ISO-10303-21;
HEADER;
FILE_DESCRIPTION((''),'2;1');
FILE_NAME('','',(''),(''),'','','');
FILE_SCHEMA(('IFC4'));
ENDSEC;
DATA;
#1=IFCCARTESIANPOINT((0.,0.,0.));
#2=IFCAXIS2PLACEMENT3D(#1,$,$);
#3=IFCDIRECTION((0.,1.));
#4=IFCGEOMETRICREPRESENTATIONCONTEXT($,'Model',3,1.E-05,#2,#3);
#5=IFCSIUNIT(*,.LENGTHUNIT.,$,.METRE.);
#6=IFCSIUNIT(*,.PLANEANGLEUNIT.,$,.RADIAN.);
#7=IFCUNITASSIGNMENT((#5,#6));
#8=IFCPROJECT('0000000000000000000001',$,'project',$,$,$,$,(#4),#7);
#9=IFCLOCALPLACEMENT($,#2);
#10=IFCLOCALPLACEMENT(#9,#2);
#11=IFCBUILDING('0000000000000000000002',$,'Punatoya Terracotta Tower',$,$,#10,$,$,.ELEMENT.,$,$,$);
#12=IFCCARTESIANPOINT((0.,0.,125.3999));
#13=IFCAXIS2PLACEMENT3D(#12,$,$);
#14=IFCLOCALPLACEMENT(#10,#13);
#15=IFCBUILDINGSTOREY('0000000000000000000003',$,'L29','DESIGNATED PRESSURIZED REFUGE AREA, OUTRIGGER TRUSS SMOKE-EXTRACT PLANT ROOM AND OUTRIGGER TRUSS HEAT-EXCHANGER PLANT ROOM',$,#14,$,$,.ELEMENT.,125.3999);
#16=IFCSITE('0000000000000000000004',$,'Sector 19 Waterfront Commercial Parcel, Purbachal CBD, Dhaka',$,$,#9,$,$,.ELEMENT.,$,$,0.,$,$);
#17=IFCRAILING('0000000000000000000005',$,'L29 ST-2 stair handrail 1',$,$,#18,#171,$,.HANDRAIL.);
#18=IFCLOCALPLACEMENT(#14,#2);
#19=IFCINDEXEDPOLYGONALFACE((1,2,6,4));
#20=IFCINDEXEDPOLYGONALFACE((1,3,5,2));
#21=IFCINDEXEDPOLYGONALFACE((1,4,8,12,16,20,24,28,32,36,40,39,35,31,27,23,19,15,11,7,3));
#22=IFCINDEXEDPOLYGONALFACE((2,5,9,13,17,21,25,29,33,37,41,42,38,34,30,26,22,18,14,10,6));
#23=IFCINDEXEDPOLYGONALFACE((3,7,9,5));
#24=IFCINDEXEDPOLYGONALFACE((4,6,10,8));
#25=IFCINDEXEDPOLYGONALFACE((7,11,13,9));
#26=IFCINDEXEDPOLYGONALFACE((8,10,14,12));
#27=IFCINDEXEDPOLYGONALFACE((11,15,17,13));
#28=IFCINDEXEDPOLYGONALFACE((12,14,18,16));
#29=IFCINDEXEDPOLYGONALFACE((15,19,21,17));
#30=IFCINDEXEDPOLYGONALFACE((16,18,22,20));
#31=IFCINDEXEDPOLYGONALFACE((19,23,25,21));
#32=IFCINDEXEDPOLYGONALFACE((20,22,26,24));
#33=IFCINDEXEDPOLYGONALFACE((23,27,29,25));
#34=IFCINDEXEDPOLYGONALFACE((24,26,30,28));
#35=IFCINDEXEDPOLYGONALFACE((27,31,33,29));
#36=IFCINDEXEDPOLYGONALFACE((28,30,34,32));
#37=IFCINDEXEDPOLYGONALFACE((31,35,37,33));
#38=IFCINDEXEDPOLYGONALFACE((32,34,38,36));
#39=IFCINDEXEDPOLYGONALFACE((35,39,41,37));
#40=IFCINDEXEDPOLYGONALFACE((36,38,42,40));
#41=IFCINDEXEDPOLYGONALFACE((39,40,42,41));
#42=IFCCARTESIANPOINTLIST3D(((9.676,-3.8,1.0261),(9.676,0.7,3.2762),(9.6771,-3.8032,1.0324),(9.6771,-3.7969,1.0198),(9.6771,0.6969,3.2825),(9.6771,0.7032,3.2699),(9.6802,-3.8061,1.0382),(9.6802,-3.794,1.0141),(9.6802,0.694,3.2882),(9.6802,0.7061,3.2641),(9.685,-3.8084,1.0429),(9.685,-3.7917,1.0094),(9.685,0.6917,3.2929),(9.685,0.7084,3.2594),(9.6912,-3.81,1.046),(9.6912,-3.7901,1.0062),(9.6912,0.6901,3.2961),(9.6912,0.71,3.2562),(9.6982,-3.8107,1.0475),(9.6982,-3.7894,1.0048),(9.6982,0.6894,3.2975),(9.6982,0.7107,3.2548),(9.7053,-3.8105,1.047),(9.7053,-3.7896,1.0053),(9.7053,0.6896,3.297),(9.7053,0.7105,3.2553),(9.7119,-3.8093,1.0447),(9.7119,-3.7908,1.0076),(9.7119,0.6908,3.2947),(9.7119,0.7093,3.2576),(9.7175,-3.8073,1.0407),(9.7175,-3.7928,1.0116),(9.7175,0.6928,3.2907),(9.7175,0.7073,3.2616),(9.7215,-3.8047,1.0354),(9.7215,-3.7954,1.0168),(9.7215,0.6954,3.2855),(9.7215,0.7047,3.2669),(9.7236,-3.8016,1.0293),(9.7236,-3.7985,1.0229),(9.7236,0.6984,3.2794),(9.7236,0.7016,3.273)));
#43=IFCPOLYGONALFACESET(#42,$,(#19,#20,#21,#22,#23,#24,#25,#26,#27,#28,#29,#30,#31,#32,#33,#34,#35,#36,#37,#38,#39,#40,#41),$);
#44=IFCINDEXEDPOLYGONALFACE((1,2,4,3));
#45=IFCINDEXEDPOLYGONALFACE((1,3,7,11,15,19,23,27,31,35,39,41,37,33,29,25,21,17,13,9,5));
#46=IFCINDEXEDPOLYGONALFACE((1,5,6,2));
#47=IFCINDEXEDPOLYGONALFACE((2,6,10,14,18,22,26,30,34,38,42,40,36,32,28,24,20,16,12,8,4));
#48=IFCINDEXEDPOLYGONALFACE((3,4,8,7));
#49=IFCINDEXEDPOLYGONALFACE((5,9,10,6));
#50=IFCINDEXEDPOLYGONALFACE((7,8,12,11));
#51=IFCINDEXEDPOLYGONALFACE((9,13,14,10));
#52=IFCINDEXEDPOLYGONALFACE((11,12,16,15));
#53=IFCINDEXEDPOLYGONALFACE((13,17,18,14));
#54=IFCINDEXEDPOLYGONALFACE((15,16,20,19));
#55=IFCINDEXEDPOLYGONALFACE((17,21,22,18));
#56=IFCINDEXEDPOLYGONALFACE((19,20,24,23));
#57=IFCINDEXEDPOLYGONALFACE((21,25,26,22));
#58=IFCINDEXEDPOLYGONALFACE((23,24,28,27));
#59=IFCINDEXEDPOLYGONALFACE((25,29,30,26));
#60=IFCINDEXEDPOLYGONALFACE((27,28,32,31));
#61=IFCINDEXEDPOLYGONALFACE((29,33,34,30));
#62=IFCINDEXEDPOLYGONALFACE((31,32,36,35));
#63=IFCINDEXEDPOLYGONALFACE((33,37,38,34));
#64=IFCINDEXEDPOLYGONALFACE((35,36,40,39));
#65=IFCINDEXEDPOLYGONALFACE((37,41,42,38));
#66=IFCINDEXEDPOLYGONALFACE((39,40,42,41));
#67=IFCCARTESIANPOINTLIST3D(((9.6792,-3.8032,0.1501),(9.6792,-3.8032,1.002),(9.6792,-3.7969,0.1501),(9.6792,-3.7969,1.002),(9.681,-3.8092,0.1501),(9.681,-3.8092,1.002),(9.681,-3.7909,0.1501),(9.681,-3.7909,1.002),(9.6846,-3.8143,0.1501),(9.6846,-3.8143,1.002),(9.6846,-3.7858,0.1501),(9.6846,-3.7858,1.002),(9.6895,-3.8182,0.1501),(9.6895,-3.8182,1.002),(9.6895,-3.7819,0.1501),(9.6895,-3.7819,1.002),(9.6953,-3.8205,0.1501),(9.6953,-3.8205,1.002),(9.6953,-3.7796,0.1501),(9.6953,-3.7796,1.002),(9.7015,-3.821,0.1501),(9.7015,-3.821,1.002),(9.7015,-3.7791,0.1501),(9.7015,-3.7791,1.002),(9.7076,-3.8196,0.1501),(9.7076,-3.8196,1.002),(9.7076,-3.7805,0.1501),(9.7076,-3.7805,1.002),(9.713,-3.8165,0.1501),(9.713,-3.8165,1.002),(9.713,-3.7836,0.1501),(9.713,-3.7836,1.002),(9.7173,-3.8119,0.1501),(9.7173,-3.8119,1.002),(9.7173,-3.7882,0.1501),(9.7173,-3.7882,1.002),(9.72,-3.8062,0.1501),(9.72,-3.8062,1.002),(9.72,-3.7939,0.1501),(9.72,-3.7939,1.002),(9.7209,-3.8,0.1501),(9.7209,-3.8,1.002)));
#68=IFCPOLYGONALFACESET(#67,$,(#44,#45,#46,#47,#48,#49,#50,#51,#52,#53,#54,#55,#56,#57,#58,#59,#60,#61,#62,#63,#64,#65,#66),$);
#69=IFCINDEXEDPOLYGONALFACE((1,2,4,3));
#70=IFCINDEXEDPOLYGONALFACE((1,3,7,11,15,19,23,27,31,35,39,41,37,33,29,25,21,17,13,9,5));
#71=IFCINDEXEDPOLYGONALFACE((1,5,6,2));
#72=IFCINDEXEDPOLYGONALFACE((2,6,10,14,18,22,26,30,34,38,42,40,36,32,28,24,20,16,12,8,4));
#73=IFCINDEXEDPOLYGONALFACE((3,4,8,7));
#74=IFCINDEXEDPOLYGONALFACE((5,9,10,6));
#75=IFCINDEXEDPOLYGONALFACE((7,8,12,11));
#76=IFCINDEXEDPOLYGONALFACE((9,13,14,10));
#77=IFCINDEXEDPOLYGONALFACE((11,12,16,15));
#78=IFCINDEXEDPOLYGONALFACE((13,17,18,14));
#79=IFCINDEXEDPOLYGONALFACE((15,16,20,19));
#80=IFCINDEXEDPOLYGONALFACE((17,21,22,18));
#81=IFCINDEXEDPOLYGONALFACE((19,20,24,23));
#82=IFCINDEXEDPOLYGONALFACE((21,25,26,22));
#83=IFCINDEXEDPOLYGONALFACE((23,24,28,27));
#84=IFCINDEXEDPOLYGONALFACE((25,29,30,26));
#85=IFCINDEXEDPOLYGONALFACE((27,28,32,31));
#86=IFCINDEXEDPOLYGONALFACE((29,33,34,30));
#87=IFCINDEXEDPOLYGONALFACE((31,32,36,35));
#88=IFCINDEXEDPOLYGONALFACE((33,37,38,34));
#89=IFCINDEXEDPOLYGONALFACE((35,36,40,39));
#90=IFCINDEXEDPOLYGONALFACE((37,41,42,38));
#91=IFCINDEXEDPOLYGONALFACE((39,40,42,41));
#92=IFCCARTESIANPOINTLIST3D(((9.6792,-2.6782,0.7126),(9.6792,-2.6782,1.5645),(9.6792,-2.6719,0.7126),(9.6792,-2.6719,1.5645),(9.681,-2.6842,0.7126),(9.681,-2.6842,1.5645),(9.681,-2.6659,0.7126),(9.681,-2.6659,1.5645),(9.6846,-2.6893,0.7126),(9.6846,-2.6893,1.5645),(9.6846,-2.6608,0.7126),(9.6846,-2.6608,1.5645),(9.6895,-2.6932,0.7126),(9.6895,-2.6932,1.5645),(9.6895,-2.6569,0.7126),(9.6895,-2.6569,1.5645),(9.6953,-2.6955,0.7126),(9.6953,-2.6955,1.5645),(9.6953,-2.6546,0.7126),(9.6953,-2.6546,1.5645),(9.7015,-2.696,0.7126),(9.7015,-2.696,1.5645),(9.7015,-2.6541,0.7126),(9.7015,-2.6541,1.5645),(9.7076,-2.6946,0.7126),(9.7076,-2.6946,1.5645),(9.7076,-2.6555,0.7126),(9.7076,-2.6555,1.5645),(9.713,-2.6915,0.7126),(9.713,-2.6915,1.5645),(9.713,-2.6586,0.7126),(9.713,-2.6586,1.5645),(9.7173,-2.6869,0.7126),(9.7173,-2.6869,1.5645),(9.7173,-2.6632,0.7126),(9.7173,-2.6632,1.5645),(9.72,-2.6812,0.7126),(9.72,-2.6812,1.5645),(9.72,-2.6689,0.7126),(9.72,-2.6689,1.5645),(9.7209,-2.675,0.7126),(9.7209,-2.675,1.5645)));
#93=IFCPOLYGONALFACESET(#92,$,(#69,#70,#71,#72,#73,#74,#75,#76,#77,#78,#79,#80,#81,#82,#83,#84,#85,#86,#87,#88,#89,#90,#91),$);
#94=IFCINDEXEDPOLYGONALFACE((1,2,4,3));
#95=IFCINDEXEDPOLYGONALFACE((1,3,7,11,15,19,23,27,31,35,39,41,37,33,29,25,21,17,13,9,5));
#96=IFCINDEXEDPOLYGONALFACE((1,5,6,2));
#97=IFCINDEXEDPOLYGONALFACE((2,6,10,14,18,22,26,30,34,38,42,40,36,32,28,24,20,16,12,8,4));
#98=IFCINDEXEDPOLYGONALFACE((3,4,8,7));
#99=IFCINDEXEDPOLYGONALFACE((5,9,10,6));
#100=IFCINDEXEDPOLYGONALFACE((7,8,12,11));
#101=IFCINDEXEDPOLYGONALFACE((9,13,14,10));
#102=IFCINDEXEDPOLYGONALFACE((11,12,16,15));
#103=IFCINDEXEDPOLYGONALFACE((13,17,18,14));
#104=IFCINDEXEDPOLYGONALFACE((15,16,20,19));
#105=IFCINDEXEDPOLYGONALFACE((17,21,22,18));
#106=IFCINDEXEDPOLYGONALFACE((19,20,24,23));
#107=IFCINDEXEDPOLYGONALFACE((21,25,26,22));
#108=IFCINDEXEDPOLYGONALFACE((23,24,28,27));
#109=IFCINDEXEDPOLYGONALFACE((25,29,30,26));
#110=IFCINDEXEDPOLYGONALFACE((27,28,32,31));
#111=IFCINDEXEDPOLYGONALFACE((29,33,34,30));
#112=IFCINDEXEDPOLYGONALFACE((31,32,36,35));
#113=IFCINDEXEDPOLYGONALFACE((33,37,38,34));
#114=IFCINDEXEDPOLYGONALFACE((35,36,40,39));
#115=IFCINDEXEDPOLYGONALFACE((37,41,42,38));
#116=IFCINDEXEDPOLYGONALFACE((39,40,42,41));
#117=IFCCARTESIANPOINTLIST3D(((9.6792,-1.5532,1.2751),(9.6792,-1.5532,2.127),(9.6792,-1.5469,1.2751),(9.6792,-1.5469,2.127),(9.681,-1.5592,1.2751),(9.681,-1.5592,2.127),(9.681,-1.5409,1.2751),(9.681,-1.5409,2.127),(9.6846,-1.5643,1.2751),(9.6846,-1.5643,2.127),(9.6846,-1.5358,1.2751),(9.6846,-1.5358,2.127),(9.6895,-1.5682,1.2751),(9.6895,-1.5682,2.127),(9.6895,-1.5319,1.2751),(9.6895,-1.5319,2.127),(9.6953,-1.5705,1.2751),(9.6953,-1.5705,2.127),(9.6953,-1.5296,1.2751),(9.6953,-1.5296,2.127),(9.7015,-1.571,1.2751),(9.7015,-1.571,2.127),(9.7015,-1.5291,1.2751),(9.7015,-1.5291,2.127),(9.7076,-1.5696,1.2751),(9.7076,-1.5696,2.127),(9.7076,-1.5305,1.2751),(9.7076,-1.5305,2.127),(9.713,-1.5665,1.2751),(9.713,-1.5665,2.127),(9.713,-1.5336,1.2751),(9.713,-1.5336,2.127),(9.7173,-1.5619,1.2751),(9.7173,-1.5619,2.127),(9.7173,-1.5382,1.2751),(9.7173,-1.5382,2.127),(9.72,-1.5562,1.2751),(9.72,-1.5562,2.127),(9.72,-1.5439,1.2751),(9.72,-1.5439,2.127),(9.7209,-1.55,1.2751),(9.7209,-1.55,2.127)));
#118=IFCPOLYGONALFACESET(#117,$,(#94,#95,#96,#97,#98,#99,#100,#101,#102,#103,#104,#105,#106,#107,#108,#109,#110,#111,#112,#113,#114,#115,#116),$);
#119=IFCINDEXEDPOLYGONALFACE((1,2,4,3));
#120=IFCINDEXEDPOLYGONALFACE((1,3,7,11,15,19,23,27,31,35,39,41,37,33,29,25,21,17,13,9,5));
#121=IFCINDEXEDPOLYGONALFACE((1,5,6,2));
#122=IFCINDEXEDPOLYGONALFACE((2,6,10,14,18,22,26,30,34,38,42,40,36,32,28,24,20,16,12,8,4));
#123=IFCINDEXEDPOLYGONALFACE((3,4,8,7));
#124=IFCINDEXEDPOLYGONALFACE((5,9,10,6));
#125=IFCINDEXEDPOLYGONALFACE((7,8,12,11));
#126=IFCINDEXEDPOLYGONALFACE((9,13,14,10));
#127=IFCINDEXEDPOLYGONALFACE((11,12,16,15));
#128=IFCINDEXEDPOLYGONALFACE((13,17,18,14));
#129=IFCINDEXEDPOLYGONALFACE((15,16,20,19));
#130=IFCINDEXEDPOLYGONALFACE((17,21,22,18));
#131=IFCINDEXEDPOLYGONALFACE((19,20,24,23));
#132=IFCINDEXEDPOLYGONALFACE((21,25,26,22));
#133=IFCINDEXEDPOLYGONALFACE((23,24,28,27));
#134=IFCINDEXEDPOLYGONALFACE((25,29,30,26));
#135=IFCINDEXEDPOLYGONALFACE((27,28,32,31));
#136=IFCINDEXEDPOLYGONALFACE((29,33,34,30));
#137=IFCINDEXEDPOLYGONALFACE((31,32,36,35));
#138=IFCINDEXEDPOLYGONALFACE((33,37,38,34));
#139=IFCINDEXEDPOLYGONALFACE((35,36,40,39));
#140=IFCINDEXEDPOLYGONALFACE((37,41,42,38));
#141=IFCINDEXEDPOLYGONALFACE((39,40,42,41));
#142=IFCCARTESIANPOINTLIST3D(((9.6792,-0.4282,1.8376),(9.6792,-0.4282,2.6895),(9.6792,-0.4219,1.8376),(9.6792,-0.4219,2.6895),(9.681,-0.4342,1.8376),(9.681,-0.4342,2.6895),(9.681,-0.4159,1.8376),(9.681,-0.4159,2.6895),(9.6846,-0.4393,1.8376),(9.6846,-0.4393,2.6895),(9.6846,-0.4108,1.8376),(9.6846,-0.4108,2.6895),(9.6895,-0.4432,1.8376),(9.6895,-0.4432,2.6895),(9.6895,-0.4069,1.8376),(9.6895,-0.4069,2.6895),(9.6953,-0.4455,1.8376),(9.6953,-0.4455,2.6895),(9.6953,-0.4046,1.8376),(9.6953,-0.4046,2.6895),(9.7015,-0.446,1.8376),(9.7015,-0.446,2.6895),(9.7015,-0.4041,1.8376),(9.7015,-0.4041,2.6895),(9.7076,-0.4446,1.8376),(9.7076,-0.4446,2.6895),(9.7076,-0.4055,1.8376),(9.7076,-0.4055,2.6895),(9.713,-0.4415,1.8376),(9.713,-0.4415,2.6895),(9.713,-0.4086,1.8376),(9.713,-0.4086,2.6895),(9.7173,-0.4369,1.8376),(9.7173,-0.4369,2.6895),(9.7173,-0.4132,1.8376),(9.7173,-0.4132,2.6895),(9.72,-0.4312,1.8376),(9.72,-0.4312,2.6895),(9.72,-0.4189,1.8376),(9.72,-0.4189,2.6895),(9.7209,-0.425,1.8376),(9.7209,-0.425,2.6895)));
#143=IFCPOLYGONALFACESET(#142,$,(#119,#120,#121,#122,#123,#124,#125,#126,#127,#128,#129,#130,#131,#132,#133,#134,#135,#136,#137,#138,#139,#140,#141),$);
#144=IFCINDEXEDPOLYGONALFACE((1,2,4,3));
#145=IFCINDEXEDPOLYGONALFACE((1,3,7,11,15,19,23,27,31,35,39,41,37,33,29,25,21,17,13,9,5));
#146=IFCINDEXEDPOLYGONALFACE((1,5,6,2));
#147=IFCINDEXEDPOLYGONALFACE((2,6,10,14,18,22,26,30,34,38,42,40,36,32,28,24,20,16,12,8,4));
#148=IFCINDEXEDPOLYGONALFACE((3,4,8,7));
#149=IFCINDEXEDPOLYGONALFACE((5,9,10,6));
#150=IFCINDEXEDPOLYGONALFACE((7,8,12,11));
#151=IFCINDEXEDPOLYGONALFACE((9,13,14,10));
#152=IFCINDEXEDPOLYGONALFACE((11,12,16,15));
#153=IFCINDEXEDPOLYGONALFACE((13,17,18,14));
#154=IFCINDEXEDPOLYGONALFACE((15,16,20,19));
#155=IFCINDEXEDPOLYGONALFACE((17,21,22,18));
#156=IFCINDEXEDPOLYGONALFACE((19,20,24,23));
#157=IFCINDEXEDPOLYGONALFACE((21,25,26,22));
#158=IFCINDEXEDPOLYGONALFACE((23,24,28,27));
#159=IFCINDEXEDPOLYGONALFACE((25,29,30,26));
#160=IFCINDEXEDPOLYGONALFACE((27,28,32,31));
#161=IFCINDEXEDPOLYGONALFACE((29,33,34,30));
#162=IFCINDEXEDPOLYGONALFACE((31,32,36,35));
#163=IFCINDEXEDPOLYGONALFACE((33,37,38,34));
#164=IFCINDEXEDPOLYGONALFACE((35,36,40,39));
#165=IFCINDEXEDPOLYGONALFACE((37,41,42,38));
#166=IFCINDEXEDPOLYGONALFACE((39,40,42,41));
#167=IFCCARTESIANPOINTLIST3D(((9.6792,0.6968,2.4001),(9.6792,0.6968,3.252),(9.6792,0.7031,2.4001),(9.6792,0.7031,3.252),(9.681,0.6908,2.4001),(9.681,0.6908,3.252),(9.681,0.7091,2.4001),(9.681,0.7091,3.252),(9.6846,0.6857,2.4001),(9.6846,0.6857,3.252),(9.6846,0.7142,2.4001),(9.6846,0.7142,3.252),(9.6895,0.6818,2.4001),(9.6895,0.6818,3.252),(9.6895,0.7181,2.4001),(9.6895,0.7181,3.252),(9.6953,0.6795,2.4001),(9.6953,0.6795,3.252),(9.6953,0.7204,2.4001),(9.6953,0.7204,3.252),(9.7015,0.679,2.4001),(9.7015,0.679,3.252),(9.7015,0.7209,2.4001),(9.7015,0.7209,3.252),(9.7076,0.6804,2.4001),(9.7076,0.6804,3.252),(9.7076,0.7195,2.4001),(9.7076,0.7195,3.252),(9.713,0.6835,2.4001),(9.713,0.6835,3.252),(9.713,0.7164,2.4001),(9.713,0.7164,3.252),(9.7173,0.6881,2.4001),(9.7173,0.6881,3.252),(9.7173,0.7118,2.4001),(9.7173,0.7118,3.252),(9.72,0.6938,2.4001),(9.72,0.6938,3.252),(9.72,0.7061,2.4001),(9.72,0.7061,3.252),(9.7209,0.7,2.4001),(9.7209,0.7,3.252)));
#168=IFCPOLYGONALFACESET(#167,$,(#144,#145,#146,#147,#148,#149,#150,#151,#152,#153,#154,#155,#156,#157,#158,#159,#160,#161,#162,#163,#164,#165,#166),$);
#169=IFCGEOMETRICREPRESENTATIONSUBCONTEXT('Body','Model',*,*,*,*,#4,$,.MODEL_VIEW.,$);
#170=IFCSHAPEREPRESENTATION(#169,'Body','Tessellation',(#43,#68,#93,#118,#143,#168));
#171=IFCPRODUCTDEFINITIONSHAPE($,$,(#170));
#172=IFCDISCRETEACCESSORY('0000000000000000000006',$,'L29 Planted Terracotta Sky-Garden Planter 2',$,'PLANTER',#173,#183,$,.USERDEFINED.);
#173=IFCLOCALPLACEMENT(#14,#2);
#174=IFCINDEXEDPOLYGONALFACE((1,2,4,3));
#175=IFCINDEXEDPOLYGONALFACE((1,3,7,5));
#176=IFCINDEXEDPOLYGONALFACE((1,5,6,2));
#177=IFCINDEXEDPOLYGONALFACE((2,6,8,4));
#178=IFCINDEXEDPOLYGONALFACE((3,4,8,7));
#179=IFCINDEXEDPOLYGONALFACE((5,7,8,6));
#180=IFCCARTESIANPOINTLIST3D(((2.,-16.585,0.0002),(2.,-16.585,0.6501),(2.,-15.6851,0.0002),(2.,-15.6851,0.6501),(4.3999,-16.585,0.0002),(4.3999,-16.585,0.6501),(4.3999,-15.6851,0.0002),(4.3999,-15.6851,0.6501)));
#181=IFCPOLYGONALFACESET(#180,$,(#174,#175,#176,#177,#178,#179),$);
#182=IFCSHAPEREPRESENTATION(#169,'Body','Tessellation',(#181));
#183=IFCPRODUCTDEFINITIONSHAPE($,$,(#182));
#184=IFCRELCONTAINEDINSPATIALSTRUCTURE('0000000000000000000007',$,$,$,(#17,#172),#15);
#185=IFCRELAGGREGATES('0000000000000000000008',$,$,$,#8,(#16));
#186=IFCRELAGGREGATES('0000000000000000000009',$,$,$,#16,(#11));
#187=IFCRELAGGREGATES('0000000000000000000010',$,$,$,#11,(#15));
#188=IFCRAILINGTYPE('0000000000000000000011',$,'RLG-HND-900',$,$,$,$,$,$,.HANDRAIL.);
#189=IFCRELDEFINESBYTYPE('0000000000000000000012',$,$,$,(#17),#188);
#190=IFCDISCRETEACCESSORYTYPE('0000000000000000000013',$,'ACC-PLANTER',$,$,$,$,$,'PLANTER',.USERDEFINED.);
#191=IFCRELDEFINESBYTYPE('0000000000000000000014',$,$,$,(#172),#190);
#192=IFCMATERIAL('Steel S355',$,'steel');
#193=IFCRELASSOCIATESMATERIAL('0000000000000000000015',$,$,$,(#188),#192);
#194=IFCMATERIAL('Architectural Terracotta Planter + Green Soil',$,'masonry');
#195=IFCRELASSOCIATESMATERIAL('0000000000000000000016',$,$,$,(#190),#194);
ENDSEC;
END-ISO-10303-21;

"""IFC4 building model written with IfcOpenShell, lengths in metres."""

from ifc_helpers import new_model, si_unit, direction, frame, origin, origin_2d, place, context, subcontext, project, spatial, rectangle, circle, extrude, material, type_object, element, save


model = new_model("IFC4")

# Units and contexts
model_context = context("Model", 3, precision=1e-05, world=origin(), true_north=direction((0.0, 1.0)))
body_context = subcontext(model_context, "Body", "Model", "MODEL_VIEW")
ifc_project = project(units=[si_unit("LENGTHUNIT", "METRE"), si_unit("PLANEANGLEUNIT", "RADIAN")], contexts=[model_context])

# Site, building, storey
site_placement = place(None, origin())
site = spatial("IfcSite", under=ifc_project, at=site_placement, Name="Sector 19 Waterfront Commercial Parcel, Purbachal CBD, Dhaka", CompositionType="ELEMENT", RefElevation=0.0)
building_placement = place(site_placement, origin())
building = spatial("IfcBuilding", under=site, at=building_placement, Name="Punatoya Terracotta Tower", CompositionType="ELEMENT")
storey_placement = place(building_placement, frame((0.0, 0.0, 125.3999)))
storey = spatial("IfcBuildingStorey", under=building, at=storey_placement, Name="L29", Description="DESIGNATED PRESSURIZED REFUGE AREA, OUTRIGGER TRUSS SMOKE-EXTRACT PLANT ROOM AND OUTRIGGER TRUSS HEAT-EXCHANGER PLANT ROOM", CompositionType="ELEMENT", Elevation=125.3999)

# Railing
ifc_material_1 = material(Name="Steel S355", Category="steel")
railing_type_1 = type_object("IfcRailingType", Name="RLG-HND-900", PredefinedType="HANDRAIL", material=ifc_material_1)
railing_1_placement = place(storey_placement, frame((9.7, -3.8, 0.1501)))
element("IfcRailing", 1, at=railing_1_placement, inside=storey, type_object=railing_type_1, Name="L29 ST-2 stair handrail 1", PredefinedType="HANDRAIL", context=body_context, shape_type="SweptSolid", body=[
    extrude(circle(Radius=0.0239, at=origin_2d()), frame((0.0, 0.0, 0.876), z_axis=(0.0, 0.894427, 0.447214), x_axis=(-1.0, 0.0, 0.0)), (0.0, 0.0, 1.0), 5.0312),
    extrude(circle(Radius=0.021, at=origin_2d()), origin(), (0.0, 0.0, 1.0), 0.8518),
    extrude(circle(Radius=0.021, at=origin_2d()), frame((0.0, 1.125, 0.5625)), (0.0, 0.0, 1.0), 0.8518),
    extrude(circle(Radius=0.021, at=origin_2d()), frame((0.0, 2.25, 1.125)), (0.0, 0.0, 1.0), 0.8518),
    extrude(circle(Radius=0.021, at=origin_2d()), frame((0.0, 3.375, 1.6875)), (0.0, 0.0, 1.0), 0.8518),
    extrude(circle(Radius=0.021, at=origin_2d()), frame((0.0, 4.5, 2.25)), (0.0, 0.0, 1.0), 0.8518),
])

# Discrete accessory
ifc_material_2 = material(Name="Architectural Terracotta Planter + Green Soil", Category="masonry")
discrete_accessory_type = type_object("IfcDiscreteAccessoryType", Name="ACC-PLANTER", ElementType="PLANTER", PredefinedType="USERDEFINED", material=ifc_material_2)
discrete_accessory_placement = place(storey_placement, frame((3.2, -16.135, 0.0002), z_axis=(0.0, 0.0, 1.0), x_axis=(1.0, 0.0, 0.0)))
element("IfcDiscreteAccessory", 2, at=discrete_accessory_placement, inside=storey, type_object=discrete_accessory_type, Name="L29 Planted Terracotta Sky-Garden Planter 2", ObjectType="PLANTER", PredefinedType="USERDEFINED", context=body_context, shape_type="SweptSolid", body=[
    extrude(rectangle(XDim=2.3999, YDim=0.8999, at=origin_2d()), origin(), (0.0, 0.0, 1.0), 0.6499),
])

save(model, "model.ifc")
